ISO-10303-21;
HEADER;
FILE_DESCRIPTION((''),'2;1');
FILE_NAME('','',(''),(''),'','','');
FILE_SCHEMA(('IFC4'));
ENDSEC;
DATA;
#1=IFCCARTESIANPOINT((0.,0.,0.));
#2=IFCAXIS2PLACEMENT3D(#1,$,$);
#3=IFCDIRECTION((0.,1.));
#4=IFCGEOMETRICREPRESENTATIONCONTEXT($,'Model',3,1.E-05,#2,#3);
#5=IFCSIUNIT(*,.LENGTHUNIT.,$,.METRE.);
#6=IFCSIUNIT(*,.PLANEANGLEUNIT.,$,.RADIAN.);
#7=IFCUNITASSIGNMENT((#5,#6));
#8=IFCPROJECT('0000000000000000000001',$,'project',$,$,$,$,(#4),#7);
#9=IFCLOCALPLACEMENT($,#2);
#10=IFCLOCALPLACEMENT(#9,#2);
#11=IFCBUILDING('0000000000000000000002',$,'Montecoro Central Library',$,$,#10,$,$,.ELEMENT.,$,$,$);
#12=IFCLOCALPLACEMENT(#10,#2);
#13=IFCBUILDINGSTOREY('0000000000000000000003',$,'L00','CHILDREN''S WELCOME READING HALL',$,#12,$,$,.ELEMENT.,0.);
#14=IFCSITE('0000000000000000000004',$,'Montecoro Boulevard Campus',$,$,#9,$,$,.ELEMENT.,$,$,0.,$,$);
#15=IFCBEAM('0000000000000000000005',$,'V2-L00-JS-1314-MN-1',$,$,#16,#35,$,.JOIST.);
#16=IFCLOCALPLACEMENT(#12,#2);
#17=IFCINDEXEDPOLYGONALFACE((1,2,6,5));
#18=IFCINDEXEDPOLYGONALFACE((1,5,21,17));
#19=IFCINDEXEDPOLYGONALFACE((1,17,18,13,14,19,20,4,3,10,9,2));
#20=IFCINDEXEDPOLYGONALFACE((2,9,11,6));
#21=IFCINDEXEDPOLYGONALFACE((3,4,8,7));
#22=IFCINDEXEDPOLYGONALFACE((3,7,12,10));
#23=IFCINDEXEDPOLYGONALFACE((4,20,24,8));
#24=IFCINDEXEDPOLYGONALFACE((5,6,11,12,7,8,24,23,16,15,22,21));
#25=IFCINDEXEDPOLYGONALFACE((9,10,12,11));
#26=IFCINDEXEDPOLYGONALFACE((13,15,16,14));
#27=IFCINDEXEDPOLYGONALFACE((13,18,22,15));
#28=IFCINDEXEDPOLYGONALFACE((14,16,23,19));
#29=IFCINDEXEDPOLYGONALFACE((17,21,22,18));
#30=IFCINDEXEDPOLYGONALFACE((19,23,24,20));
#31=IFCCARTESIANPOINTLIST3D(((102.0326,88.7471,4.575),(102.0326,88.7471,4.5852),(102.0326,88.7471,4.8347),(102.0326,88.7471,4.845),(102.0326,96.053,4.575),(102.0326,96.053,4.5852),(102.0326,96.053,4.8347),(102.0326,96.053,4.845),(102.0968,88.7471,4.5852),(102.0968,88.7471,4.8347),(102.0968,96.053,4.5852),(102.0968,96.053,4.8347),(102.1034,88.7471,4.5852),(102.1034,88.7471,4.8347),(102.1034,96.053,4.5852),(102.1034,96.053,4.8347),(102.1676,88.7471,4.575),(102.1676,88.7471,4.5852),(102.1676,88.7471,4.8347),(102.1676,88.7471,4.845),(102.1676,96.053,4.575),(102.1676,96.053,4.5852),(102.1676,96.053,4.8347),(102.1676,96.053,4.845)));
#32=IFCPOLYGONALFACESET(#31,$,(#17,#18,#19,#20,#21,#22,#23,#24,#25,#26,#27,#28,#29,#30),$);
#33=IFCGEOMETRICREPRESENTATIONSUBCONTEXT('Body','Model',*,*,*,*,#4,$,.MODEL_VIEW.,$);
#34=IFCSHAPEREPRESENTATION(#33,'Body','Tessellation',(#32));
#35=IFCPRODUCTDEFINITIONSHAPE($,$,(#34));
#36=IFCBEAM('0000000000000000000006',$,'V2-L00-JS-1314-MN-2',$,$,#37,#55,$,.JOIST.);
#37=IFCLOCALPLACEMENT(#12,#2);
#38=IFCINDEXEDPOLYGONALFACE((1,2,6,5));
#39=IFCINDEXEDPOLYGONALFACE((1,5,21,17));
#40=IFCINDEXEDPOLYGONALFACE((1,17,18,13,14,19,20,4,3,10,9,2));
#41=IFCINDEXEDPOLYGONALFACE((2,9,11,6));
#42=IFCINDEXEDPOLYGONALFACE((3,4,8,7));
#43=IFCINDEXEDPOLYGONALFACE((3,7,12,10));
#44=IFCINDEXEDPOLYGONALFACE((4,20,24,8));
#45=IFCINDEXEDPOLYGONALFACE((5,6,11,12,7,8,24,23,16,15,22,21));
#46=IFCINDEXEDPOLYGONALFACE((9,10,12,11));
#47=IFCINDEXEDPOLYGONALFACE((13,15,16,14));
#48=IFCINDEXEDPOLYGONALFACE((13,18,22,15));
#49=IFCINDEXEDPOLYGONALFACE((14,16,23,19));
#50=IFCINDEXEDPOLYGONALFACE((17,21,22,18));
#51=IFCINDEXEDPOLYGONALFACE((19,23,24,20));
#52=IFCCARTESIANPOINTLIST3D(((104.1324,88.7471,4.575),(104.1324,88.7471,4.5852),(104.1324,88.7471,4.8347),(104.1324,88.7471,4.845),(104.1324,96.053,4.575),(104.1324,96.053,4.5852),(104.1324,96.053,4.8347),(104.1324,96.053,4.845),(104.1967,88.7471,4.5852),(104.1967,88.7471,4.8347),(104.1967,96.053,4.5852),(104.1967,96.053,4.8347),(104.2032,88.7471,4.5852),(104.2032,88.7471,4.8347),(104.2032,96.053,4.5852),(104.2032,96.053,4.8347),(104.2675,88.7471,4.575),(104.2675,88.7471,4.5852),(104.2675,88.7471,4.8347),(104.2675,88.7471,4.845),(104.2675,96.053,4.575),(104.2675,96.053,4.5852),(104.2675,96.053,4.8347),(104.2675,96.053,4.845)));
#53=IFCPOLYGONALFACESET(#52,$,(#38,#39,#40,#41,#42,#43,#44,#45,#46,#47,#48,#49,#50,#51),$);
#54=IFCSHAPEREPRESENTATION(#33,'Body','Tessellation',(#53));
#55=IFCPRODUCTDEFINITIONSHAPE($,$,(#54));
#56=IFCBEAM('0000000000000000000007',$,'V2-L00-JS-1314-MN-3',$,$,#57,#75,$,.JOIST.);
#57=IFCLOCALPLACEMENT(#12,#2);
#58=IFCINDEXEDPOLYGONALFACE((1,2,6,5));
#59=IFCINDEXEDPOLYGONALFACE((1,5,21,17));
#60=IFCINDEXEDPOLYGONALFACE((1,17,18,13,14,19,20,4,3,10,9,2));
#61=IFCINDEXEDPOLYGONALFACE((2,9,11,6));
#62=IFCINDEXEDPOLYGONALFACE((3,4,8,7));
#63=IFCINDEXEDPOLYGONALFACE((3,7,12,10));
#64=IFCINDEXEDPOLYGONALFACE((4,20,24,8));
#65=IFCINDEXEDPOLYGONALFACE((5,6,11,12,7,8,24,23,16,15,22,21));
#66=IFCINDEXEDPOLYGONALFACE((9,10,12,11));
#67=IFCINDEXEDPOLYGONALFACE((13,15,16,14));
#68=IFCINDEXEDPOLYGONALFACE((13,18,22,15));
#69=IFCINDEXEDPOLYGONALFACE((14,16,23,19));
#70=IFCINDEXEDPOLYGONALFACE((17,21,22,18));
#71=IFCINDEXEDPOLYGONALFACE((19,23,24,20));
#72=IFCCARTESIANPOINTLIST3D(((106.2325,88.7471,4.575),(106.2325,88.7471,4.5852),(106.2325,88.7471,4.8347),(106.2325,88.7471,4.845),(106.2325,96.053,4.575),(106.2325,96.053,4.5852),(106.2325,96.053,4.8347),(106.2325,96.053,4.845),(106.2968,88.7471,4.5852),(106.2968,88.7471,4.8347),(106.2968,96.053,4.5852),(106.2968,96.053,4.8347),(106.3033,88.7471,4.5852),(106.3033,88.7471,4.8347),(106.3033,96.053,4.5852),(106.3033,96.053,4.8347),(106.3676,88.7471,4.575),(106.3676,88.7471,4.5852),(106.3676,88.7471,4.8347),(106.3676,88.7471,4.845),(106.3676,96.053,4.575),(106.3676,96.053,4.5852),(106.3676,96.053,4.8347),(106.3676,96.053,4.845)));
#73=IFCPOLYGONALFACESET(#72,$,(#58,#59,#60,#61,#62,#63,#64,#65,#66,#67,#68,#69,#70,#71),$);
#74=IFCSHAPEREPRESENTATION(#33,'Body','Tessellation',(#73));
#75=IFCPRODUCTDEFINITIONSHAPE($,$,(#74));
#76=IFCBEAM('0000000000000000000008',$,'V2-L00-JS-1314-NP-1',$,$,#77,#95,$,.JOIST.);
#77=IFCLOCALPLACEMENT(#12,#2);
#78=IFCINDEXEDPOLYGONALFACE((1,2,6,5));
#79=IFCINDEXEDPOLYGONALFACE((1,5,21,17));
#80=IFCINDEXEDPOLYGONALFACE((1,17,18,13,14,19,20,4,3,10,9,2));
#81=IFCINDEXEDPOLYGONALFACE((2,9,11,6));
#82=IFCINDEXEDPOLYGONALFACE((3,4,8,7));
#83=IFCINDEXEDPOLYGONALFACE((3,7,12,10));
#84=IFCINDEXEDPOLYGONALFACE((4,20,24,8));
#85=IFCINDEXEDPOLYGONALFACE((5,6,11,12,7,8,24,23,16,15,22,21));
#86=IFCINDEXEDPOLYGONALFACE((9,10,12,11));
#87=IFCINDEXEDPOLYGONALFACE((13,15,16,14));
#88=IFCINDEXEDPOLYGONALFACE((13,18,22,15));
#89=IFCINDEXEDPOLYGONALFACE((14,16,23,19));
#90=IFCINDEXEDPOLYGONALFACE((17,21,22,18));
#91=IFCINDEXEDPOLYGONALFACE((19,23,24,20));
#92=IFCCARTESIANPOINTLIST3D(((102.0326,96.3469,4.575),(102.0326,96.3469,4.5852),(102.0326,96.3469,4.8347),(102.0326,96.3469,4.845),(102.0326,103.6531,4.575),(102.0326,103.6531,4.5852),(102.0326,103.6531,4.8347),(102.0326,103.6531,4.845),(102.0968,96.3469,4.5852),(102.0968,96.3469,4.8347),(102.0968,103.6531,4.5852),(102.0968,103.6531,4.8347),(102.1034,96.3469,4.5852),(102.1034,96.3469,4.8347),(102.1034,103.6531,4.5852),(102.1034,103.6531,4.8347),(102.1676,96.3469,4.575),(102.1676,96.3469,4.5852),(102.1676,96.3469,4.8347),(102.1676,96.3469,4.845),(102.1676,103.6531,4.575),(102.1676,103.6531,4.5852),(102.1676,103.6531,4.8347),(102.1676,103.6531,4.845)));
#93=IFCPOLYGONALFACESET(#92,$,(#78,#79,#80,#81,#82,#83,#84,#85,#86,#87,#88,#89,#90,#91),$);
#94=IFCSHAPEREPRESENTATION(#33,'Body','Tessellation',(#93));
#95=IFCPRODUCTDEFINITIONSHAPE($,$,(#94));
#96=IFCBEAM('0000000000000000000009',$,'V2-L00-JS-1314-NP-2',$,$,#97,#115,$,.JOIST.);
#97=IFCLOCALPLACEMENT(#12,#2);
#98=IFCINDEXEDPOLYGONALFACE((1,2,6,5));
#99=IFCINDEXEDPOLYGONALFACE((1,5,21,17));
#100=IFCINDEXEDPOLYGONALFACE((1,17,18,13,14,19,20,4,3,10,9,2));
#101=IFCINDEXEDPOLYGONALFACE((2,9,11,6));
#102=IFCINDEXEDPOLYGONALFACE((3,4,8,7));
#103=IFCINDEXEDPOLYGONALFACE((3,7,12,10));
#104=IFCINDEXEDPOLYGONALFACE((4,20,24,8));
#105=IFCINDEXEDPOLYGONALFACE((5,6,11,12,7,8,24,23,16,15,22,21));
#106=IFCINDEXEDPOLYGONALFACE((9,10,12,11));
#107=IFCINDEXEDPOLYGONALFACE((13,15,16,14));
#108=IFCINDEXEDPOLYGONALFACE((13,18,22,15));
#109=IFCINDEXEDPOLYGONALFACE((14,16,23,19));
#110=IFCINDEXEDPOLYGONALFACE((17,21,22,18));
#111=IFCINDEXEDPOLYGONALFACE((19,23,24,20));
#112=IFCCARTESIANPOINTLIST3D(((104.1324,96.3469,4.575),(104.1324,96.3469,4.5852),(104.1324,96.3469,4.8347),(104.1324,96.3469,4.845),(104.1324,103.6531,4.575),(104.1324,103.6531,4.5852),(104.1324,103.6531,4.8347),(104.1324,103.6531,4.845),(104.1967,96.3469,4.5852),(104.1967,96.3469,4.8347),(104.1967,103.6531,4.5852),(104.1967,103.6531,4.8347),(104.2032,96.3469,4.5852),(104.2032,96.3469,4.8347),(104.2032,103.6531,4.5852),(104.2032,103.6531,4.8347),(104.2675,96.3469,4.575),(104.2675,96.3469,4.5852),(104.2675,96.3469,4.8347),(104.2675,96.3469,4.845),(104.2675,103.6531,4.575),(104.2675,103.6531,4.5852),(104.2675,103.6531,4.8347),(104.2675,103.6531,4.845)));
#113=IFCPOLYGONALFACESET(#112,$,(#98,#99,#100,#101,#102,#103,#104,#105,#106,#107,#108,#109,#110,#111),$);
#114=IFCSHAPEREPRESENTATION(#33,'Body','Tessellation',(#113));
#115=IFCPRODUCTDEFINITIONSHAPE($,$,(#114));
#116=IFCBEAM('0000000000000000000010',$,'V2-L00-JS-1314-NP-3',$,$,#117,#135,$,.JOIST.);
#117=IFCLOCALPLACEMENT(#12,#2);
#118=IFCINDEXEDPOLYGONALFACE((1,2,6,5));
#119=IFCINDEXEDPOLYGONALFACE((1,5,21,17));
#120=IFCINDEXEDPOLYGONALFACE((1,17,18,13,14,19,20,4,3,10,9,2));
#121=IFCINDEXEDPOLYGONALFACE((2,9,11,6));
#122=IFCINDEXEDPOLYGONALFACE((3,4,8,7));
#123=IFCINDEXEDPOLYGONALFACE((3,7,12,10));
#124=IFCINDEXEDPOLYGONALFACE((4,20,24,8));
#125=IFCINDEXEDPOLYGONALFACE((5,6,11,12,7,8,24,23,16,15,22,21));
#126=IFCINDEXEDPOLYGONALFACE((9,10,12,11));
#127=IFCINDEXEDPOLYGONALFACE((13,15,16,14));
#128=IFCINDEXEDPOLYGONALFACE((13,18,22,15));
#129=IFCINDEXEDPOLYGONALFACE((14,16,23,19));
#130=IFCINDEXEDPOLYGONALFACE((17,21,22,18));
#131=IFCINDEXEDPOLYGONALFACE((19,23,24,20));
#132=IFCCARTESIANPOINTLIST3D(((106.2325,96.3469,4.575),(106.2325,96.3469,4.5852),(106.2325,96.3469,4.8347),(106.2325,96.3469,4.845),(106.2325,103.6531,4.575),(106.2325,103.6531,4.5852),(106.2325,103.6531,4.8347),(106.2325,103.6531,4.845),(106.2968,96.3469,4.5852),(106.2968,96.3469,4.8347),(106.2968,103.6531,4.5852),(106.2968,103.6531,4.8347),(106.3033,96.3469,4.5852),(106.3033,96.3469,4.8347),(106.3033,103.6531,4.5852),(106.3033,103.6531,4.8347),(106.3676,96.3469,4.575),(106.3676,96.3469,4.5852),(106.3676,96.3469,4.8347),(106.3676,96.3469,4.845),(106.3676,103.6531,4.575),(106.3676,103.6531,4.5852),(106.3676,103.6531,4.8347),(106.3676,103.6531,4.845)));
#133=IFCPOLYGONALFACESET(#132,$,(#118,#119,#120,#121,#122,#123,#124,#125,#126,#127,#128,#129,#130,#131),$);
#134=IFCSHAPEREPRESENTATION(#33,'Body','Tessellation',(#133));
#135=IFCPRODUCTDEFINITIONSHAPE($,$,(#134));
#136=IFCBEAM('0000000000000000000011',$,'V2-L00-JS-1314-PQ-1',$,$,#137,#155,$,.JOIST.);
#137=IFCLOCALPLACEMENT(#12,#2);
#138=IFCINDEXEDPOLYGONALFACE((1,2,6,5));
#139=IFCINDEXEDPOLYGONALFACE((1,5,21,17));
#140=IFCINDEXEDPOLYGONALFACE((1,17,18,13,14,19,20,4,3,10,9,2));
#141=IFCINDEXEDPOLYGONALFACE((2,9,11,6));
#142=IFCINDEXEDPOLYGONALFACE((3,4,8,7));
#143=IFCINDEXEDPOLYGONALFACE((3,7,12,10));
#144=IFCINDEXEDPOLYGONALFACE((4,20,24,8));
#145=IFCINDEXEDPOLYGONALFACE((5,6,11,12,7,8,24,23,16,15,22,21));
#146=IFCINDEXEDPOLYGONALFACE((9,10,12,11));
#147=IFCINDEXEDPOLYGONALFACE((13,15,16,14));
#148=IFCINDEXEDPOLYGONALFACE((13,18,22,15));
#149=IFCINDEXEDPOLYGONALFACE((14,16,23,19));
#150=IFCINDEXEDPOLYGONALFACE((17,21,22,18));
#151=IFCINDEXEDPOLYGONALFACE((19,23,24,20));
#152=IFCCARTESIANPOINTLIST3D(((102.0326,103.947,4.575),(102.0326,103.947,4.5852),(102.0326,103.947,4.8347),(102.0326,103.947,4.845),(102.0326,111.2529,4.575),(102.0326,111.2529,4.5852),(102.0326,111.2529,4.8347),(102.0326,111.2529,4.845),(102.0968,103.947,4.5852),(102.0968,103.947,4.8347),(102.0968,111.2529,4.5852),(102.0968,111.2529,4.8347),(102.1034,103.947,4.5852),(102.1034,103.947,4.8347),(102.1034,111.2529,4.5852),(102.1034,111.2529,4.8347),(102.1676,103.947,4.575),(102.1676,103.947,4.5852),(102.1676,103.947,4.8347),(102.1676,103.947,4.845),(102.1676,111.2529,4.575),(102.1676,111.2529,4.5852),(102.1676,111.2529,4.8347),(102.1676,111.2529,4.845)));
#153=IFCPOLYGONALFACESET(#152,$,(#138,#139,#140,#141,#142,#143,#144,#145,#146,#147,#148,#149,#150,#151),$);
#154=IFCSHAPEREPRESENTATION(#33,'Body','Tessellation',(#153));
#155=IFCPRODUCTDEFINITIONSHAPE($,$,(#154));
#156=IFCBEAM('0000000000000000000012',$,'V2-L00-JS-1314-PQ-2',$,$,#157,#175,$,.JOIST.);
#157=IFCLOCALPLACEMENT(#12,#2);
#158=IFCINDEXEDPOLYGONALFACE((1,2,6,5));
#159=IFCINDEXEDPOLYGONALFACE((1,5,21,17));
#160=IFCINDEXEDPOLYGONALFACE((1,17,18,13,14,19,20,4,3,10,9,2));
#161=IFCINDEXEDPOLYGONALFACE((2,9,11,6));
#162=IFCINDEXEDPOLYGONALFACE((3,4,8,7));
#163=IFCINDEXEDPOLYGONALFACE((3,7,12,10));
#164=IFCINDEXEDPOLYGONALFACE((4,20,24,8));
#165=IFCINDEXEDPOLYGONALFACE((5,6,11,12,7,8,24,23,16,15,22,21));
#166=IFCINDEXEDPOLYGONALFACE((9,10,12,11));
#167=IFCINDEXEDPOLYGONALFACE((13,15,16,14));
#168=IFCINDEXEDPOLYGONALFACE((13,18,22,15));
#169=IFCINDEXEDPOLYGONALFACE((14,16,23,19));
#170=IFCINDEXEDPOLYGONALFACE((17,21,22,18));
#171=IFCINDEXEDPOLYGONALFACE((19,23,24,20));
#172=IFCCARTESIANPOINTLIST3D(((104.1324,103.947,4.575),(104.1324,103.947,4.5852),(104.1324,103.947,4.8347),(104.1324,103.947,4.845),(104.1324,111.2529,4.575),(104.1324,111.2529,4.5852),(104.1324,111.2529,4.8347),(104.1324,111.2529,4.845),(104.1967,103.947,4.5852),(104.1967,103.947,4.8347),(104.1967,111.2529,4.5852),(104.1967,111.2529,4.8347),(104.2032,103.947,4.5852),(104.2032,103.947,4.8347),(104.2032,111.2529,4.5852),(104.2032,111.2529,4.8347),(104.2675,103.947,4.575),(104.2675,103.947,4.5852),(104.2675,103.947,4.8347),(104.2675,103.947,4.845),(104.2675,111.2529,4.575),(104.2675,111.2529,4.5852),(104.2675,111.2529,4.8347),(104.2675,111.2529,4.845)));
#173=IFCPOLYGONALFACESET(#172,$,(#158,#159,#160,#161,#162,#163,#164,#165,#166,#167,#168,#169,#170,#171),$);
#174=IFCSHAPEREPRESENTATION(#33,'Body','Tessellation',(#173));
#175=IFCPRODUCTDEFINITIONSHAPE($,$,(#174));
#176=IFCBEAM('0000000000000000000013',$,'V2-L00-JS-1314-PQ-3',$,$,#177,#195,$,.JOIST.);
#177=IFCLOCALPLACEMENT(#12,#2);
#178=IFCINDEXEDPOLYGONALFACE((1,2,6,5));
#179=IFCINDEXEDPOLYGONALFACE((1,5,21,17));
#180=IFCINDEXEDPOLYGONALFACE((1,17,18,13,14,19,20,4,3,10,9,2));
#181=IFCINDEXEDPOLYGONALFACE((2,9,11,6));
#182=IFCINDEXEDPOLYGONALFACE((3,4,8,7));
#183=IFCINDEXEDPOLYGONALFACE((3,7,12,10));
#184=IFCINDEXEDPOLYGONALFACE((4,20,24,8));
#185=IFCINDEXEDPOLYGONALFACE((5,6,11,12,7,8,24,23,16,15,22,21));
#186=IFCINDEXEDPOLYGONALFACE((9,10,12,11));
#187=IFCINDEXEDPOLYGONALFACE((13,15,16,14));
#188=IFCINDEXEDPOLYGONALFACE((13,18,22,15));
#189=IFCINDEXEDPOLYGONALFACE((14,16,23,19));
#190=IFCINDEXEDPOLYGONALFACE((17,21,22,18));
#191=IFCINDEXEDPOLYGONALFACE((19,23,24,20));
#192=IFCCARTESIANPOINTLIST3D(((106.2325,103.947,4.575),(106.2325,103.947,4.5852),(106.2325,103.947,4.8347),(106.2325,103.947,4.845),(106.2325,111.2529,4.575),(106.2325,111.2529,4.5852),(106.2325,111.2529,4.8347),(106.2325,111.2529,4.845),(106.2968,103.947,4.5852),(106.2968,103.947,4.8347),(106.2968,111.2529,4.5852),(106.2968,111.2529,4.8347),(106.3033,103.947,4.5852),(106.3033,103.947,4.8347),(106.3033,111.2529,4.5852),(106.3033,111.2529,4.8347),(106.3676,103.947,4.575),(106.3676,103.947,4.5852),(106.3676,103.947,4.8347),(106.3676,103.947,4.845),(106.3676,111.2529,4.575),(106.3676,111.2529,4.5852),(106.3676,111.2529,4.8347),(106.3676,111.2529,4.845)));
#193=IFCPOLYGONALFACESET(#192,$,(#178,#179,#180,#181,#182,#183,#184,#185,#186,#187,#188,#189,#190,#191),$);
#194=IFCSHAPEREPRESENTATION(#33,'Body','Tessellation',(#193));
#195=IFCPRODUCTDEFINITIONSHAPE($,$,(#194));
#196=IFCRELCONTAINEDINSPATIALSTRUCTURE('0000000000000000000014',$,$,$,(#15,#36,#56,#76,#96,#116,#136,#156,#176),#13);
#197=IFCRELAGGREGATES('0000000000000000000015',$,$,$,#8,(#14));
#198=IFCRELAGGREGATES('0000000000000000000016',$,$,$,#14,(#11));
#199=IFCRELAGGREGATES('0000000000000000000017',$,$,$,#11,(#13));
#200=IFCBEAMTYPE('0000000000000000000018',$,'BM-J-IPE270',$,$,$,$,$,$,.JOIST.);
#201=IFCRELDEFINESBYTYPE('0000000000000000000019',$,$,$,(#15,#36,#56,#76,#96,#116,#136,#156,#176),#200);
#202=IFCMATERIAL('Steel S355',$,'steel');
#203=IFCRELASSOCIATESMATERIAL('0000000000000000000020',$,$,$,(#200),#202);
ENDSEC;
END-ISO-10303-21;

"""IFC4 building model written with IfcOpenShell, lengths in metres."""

from ifc_helpers import new_model, si_unit, direction, frame, origin, origin_2d, place, context, subcontext, project, spatial, i_section, extrude, material, material_profile, profile_set, type_object, element, save


model = new_model("IFC4")

# Units and contexts
model_context = context("Model", 3, precision=1e-05, world=origin(), true_north=direction((0.0, 1.0)))
body_context = subcontext(model_context, "Body", "Model", "MODEL_VIEW")
ifc_project = project(units=[si_unit("LENGTHUNIT", "METRE"), si_unit("PLANEANGLEUNIT", "RADIAN")], contexts=[model_context])

# Site, building, storey
site_placement = place(None, origin())
site = spatial("IfcSite", under=ifc_project, at=site_placement, Name="Montecoro Boulevard Campus", CompositionType="ELEMENT", RefElevation=0.0)
building_placement = place(site_placement, origin())
building = spatial("IfcBuilding", under=site, at=building_placement, Name="Montecoro Central Library", CompositionType="ELEMENT")
storey_placement = place(building_placement, origin())
storey = spatial("IfcBuildingStorey", under=building, at=storey_placement, Name="L00", Description="CHILDREN'S WELCOME READING HALL", CompositionType="ELEMENT", Elevation=0.0)

# Beams
ifc_material_1 = material(Name="Steel S355", Category="steel")
ifc_material_profile_1 = material_profile(ifc_material_1, i_section(OverallWidth=0.135, OverallDepth=0.27, WebThickness=0.0066, FlangeThickness=0.0103, at=origin_2d()), Name="IPE 270")
ifc_profile_set_1 = profile_set([ifc_material_profile_1], Name="Steel S355")
beam_type_1 = type_object("IfcBeamType", Name="BM-J-IPE270", PredefinedType="JOIST", material=ifc_profile_set_1)
for number, where, z_axis, x_axis, name in (
    (1, (102.1001, 88.7471, 4.71), (0.0, 1.0, 0.0), (-1.0, 0.0, 0.0), "V2-L00-JS-1314-MN-1"),
    (2, (104.2, 88.7471, 4.71), (0.0, 1.0, 0.0), (-1.0, 0.0, 0.0), "V2-L00-JS-1314-MN-2"),
    (3, (106.3, 88.7471, 4.71), (0.0, 1.0, 0.0), (-1.0, 0.0, 0.0), "V2-L00-JS-1314-MN-3"),
):
    element("IfcBeam", number, at=place(storey_placement, frame(where, z_axis=z_axis, x_axis=x_axis)), inside=storey, type_object=beam_type_1, Name=name, PredefinedType="JOIST", context=body_context, shape_type="SweptSolid", body=[
        extrude(i_section(OverallWidth=0.135, OverallDepth=0.27, WebThickness=0.0066, FlangeThickness=0.0103, at=origin_2d()), origin(), (0.0, 0.0, 1.0), 7.3059),
    ])
for number, where, z_axis, x_axis, name in (
    (4, (102.1001, 96.3469, 4.71), (0.0, 1.0, 0.0), (-1.0, 0.0, 0.0), "V2-L00-JS-1314-NP-1"),
    (5, (104.2, 96.3469, 4.71), (0.0, 1.0, 0.0), (-1.0, 0.0, 0.0), "V2-L00-JS-1314-NP-2"),
    (6, (106.3, 96.3469, 4.71), (0.0, 1.0, 0.0), (-1.0, 0.0, 0.0), "V2-L00-JS-1314-NP-3"),
):
    element("IfcBeam", number, at=place(storey_placement, frame(where, z_axis=z_axis, x_axis=x_axis)), inside=storey, type_object=beam_type_1, Name=name, PredefinedType="JOIST", context=body_context, shape_type="SweptSolid", body=[
        extrude(i_section(OverallWidth=0.135, OverallDepth=0.27, WebThickness=0.0066, FlangeThickness=0.0103, at=origin_2d()), origin(), (0.0, 0.0, 1.0), 7.3062),
    ])
for number, where, z_axis, x_axis, name in (
    (7, (102.1001, 103.947, 4.71), (0.0, 1.0, 0.0), (-1.0, 0.0, 0.0), "V2-L00-JS-1314-PQ-1"),
    (8, (104.2, 103.947, 4.71), (0.0, 1.0, 0.0), (-1.0, 0.0, 0.0), "V2-L00-JS-1314-PQ-2"),
    (9, (106.3, 103.947, 4.71), (0.0, 1.0, 0.0), (-1.0, 0.0, 0.0), "V2-L00-JS-1314-PQ-3"),
):
    element("IfcBeam", number, at=place(storey_placement, frame(where, z_axis=z_axis, x_axis=x_axis)), inside=storey, type_object=beam_type_1, Name=name, PredefinedType="JOIST", context=body_context, shape_type="SweptSolid", body=[
        extrude(i_section(OverallWidth=0.135, OverallDepth=0.27, WebThickness=0.0066, FlangeThickness=0.0103, at=origin_2d()), origin(), (0.0, 0.0, 1.0), 7.3059),
    ])

save(model, "model.ifc")
